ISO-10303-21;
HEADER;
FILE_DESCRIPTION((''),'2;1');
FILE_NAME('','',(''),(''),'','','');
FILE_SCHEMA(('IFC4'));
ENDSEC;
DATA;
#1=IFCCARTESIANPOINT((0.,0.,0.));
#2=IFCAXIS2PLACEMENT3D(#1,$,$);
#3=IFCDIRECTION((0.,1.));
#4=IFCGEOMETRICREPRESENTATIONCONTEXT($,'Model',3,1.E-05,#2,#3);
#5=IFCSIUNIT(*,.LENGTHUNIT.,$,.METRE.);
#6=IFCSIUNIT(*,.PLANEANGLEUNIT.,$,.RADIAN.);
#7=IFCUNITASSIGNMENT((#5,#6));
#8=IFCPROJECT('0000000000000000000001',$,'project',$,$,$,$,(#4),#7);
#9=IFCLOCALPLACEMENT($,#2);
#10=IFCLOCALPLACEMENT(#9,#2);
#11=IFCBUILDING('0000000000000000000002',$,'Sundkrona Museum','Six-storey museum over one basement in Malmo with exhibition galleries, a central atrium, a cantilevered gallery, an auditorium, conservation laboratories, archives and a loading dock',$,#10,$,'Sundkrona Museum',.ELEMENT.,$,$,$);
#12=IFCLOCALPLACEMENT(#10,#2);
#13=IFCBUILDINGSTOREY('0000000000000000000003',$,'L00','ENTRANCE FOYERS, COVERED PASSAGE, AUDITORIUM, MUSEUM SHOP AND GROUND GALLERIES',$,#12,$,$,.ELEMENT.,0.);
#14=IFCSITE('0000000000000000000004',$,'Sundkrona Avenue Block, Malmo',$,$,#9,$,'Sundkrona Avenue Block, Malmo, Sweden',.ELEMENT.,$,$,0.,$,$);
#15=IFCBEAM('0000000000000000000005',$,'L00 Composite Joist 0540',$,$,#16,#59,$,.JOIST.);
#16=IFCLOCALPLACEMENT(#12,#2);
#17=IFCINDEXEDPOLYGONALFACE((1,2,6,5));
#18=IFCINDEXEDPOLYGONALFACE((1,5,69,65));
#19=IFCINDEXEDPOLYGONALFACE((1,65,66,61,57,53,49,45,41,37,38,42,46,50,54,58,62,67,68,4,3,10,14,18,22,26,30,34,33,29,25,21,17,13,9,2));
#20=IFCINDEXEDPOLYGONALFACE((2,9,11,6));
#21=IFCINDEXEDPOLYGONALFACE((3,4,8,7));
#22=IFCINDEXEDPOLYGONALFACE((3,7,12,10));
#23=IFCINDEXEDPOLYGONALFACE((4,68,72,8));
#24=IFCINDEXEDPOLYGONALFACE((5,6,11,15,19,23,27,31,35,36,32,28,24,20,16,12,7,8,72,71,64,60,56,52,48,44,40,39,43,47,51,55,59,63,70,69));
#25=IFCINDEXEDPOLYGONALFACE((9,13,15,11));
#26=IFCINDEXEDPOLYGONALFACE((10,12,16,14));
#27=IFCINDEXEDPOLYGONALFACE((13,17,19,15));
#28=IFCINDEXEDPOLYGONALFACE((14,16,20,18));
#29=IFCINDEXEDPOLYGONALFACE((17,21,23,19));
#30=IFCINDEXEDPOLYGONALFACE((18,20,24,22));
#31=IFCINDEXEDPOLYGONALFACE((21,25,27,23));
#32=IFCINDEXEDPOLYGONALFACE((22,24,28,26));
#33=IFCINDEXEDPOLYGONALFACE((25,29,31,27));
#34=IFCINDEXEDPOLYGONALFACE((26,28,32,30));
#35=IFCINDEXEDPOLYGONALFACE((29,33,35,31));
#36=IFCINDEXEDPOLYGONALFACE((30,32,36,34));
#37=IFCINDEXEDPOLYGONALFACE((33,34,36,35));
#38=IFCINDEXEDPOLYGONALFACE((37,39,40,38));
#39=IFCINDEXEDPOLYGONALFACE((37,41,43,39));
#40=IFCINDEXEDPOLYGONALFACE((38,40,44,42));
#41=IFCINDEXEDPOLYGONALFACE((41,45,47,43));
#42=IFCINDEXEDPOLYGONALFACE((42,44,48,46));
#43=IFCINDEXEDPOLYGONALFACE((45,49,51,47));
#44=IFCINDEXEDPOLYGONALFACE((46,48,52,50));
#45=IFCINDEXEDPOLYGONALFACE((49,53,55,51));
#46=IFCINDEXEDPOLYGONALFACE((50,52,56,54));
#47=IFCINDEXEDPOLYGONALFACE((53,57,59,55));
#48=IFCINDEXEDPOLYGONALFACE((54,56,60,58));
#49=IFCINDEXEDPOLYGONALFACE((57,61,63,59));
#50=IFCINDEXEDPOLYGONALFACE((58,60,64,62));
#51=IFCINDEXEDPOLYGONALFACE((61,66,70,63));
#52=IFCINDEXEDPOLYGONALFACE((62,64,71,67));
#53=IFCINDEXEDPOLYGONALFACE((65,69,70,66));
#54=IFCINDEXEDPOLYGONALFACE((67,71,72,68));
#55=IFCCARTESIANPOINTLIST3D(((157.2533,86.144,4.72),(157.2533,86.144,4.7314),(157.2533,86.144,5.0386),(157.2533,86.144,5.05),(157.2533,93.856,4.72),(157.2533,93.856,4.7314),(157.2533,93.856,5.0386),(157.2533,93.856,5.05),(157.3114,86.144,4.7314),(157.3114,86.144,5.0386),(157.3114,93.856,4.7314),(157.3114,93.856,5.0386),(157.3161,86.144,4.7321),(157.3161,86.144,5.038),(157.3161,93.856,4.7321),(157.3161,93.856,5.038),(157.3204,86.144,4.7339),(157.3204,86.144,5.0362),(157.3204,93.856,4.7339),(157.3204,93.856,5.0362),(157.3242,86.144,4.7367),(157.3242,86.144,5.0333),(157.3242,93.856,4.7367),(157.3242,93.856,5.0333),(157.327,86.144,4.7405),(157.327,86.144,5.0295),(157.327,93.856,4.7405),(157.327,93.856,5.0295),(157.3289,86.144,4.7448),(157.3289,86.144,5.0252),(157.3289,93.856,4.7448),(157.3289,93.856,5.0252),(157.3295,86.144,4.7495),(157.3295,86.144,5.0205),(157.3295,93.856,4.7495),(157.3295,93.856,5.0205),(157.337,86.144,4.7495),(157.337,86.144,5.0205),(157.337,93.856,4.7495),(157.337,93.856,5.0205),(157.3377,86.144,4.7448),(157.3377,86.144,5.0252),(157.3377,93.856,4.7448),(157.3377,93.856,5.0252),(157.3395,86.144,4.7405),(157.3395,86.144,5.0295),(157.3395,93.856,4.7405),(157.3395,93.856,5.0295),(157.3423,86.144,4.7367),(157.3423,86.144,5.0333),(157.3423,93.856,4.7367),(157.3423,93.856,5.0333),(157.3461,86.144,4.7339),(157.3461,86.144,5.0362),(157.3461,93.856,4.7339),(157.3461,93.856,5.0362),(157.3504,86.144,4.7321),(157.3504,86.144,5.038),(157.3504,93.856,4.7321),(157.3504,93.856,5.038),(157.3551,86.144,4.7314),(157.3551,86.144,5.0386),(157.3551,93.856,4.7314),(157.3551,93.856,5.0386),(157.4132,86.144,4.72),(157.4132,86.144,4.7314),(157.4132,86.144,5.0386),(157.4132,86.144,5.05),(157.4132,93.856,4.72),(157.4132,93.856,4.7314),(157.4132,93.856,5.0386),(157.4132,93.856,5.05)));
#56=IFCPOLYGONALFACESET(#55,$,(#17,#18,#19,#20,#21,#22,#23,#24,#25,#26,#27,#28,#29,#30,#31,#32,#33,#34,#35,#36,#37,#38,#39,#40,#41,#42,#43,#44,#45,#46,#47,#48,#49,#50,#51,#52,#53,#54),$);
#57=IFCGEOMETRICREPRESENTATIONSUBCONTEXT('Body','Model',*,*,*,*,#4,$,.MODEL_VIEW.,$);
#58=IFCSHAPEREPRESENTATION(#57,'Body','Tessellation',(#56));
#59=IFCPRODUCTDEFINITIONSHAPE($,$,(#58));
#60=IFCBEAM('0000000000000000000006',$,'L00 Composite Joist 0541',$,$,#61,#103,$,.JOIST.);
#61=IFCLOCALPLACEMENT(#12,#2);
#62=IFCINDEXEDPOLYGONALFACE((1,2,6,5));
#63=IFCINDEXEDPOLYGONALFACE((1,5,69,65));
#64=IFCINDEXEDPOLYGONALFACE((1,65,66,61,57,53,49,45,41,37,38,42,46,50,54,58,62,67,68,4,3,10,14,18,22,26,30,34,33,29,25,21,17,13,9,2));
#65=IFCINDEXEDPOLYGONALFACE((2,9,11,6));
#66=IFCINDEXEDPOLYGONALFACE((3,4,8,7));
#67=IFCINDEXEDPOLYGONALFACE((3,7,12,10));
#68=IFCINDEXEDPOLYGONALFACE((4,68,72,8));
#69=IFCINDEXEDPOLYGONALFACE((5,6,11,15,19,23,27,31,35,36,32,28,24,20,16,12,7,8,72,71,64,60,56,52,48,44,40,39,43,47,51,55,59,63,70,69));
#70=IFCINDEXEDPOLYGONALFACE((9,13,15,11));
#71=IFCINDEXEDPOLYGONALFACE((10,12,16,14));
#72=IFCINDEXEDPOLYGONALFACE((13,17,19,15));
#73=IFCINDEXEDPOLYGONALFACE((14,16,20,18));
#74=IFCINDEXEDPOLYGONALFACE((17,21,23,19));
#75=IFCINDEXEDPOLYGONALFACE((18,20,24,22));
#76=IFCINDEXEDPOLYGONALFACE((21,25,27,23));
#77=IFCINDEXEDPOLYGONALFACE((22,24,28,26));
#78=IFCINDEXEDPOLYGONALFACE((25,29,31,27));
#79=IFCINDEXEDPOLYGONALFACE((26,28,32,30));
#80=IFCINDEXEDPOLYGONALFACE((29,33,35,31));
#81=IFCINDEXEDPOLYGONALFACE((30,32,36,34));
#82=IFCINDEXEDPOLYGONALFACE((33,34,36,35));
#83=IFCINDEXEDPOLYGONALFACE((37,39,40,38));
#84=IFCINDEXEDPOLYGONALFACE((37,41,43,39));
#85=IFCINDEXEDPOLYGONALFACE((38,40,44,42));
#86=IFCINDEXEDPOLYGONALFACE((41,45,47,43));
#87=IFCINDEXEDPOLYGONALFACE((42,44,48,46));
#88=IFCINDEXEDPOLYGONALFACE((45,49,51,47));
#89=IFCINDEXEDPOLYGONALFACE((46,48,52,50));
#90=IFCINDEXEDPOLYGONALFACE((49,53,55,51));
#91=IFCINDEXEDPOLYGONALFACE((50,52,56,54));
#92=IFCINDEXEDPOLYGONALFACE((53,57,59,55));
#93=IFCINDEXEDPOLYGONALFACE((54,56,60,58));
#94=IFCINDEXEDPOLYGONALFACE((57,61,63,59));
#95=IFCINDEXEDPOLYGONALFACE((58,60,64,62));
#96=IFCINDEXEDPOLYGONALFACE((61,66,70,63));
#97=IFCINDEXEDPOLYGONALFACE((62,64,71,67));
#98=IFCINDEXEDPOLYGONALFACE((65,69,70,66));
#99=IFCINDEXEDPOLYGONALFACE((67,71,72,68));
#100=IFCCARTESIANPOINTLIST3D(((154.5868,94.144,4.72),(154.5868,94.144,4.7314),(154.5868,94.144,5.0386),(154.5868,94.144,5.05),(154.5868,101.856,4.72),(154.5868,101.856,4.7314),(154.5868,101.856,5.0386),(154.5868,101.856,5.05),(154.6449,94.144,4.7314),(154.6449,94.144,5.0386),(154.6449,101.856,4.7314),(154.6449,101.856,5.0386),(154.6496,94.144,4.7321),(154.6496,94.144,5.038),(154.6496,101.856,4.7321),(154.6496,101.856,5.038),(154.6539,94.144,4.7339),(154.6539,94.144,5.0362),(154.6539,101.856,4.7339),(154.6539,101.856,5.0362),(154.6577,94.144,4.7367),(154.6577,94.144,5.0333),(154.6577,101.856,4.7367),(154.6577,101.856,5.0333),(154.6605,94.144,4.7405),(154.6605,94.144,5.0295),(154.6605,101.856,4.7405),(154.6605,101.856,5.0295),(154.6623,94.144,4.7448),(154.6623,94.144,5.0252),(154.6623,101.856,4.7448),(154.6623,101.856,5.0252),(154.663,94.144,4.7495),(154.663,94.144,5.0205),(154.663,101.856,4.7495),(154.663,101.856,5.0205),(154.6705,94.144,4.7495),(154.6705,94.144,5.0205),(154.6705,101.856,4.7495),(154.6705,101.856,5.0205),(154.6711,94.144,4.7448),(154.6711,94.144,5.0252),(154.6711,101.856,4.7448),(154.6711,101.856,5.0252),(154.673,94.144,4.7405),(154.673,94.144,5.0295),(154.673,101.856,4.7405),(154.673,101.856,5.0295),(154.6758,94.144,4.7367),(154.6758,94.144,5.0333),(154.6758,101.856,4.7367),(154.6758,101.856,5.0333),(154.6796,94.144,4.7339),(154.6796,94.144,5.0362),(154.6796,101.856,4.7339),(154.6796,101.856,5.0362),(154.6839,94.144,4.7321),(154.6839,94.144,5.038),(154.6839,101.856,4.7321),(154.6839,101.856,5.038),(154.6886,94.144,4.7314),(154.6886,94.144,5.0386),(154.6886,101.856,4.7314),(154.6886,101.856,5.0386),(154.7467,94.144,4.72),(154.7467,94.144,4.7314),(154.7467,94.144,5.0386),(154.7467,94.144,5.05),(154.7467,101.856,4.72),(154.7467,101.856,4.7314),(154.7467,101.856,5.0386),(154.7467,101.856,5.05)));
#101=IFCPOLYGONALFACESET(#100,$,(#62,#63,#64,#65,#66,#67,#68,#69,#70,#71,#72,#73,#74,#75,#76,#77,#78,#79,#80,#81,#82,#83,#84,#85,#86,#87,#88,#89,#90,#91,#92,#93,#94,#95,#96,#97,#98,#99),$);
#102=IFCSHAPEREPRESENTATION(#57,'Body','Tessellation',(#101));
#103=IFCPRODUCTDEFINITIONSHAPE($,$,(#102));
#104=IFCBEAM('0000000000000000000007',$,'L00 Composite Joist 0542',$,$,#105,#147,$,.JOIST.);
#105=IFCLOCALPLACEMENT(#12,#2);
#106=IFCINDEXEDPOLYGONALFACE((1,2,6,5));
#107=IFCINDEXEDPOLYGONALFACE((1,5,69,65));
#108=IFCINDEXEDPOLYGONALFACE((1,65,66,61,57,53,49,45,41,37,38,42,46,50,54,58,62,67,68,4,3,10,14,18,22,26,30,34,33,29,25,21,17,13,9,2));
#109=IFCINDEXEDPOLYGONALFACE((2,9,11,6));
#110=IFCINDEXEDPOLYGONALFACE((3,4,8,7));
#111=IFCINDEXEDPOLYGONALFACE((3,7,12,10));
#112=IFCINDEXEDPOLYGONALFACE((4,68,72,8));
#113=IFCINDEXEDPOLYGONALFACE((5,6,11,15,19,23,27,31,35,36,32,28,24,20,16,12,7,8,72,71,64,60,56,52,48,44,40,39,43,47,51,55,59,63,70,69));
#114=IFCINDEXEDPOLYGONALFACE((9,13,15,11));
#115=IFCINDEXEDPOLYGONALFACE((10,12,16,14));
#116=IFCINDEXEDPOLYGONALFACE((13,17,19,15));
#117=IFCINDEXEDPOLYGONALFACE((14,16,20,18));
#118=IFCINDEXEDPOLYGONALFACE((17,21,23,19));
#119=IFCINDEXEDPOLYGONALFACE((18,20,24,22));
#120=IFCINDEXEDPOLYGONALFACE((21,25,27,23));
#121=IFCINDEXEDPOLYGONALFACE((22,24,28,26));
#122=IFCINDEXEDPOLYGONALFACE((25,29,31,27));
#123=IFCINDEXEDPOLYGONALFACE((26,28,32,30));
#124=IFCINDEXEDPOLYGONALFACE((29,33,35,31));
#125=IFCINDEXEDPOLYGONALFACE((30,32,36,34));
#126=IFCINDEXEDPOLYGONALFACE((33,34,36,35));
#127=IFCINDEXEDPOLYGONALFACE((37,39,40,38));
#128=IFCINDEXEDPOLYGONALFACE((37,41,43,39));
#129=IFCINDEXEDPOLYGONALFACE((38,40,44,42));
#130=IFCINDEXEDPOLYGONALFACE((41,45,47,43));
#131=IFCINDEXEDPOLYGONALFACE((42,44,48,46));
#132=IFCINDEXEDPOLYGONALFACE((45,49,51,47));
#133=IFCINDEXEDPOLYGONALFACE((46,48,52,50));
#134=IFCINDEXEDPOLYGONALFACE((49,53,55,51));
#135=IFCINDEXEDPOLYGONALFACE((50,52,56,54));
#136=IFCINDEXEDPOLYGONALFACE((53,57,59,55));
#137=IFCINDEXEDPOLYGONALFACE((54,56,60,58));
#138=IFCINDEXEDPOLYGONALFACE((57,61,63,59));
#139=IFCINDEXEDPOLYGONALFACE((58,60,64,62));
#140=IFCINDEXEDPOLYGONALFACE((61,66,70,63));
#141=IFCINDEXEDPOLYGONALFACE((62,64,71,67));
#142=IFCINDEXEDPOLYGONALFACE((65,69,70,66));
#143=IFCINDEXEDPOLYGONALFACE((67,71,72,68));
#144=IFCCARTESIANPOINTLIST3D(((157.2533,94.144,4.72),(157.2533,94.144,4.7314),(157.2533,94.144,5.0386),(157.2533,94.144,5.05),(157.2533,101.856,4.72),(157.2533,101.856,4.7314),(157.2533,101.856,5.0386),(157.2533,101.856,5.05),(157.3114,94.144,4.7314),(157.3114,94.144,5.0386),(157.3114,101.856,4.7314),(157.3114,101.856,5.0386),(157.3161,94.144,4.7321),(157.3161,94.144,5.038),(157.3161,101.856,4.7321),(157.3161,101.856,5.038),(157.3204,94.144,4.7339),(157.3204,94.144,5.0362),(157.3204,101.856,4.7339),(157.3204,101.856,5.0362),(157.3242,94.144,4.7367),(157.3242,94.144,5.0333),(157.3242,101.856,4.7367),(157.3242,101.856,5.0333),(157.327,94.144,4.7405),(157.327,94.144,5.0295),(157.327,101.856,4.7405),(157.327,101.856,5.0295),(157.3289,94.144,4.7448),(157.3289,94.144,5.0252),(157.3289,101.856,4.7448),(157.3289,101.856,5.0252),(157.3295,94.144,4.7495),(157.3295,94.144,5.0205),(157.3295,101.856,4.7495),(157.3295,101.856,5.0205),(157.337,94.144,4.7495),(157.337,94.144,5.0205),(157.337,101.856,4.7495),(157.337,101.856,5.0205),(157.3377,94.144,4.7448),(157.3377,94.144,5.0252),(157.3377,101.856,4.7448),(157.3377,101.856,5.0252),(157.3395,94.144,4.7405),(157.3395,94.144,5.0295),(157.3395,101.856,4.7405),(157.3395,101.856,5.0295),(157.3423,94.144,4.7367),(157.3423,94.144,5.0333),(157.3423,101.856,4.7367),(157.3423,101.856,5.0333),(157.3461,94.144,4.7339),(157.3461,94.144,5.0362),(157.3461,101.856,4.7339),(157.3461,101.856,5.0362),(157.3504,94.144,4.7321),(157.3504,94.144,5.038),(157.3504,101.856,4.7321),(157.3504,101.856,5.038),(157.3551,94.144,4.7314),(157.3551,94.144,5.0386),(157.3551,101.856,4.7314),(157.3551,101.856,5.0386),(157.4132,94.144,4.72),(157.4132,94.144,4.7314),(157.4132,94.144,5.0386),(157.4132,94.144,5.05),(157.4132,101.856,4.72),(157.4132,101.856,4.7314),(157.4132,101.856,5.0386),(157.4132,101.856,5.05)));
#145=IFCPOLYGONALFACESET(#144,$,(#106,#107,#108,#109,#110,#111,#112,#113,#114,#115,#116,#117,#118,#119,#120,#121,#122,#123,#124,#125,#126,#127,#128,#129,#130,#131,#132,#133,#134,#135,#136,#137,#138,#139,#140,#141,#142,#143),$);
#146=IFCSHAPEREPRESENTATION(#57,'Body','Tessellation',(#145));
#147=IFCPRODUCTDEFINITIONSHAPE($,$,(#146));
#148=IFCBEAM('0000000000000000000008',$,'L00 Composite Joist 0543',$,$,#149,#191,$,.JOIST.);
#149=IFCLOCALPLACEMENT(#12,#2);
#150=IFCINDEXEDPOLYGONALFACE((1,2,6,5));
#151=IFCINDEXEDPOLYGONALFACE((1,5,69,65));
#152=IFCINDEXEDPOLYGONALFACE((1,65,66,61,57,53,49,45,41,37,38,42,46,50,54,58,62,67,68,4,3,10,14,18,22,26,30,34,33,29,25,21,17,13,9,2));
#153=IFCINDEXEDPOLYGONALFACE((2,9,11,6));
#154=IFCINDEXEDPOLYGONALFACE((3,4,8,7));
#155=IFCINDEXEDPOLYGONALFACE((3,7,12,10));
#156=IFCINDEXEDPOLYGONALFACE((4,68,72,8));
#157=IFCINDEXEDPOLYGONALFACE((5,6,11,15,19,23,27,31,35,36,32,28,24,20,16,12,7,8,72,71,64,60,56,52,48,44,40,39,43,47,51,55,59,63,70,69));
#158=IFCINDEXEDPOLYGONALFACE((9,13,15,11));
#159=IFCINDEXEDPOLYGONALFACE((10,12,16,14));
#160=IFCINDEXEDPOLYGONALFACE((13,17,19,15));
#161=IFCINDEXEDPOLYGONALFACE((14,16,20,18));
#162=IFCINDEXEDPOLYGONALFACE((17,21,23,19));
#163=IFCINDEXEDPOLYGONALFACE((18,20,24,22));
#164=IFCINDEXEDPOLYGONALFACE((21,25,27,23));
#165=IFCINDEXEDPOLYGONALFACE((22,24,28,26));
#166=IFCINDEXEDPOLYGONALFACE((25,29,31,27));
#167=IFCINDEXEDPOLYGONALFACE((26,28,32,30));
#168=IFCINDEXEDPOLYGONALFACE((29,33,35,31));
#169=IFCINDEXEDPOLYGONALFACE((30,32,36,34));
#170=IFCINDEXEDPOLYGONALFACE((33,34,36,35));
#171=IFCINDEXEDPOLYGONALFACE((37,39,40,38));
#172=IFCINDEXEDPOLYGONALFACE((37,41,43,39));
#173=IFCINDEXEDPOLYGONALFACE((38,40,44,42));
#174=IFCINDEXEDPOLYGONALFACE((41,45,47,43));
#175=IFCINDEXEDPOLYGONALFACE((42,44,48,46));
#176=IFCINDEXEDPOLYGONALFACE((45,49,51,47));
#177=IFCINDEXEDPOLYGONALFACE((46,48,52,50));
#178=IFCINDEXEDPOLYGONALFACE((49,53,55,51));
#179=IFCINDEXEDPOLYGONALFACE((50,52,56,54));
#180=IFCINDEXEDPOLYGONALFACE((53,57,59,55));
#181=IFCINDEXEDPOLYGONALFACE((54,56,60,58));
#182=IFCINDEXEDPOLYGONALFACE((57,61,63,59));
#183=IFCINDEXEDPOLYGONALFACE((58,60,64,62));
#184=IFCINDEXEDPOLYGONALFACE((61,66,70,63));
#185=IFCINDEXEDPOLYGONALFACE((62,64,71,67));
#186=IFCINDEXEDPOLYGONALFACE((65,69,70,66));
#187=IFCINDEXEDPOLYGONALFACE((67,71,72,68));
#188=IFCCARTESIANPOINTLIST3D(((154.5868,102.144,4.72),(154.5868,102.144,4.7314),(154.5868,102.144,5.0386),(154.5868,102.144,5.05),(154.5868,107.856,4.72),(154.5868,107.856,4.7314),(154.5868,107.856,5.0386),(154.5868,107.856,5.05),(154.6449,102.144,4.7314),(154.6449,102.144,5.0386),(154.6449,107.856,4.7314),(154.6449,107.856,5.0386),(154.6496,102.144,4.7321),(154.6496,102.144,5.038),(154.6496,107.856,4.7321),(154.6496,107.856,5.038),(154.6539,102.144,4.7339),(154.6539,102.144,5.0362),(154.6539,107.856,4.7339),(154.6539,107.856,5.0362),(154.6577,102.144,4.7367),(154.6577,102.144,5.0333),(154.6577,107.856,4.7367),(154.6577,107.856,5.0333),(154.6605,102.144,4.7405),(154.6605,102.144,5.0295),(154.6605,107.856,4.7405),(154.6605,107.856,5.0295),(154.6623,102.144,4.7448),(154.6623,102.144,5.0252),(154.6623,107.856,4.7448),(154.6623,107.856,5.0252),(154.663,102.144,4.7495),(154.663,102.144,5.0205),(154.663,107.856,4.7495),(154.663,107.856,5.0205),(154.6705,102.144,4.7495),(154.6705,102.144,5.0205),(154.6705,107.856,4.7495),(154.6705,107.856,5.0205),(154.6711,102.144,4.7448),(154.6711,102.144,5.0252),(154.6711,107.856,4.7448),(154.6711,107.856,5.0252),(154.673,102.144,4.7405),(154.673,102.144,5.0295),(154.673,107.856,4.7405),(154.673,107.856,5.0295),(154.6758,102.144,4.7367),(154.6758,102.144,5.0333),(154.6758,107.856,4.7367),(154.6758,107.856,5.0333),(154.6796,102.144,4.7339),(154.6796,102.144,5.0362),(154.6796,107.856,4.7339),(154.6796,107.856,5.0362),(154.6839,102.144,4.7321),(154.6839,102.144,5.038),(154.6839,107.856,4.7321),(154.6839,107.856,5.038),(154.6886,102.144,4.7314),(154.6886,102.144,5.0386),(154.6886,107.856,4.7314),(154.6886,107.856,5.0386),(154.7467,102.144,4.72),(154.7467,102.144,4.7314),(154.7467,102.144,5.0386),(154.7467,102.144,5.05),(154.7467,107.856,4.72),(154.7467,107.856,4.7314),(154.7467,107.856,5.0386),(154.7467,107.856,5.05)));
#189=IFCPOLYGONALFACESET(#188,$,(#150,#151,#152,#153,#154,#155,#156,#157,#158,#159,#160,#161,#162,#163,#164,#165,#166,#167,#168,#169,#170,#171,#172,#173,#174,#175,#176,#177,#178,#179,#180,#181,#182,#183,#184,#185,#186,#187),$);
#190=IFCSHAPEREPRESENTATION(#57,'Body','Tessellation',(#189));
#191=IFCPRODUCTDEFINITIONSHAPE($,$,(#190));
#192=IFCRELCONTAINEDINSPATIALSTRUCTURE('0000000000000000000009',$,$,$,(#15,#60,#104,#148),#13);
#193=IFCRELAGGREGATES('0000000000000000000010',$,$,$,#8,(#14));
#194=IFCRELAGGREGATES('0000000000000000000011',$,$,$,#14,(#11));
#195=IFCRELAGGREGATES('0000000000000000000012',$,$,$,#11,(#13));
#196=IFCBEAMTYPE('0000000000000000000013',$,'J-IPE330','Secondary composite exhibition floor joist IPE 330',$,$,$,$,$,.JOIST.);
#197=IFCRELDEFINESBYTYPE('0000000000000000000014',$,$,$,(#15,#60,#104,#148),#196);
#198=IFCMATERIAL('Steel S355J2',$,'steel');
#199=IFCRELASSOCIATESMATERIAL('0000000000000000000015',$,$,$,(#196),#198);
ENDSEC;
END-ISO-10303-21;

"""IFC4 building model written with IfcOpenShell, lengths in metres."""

from ifc_helpers import new_model, si_unit, direction, frame, origin, origin_2d, place, context, subcontext, project, spatial, i_section, extrude, material, material_profile, profile_set, type_object, element, save


model = new_model("IFC4")

# Units and contexts
model_context = context("Model", 3, precision=1e-05, world=origin(), true_north=direction((0.0, 1.0)))
body_context = subcontext(model_context, "Body", "Model", "MODEL_VIEW")
ifc_project = project(units=[si_unit("LENGTHUNIT", "METRE"), si_unit("PLANEANGLEUNIT", "RADIAN")], contexts=[model_context])

# Site, building, storey
site_placement = place(None, origin())
site = spatial("IfcSite", under=ifc_project, at=site_placement, Name="Sundkrona Avenue Block, Malmo", LongName="Sundkrona Avenue Block, Malmo, Sweden", CompositionType="ELEMENT", RefElevation=0.0)
building_placement = place(site_placement, origin())
building = spatial("IfcBuilding", under=site, at=building_placement, Name="Sundkrona Museum", Description="Six-storey museum over one basement in Malmo with exhibition galleries, a central atrium, a cantilevered gallery, an auditorium, conservation laboratories, archives and a loading dock", LongName="Sundkrona Museum", CompositionType="ELEMENT")
storey_placement = place(building_placement, origin())
storey = spatial("IfcBuildingStorey", under=building, at=storey_placement, Name="L00", Description="ENTRANCE FOYERS, COVERED PASSAGE, AUDITORIUM, MUSEUM SHOP AND GROUND GALLERIES", CompositionType="ELEMENT", Elevation=0.0)

# Shared definitions
ifc_material_1 = material(Name="Steel S355J2", Category="steel")

# Beams
ifc_material_profile_1 = material_profile(ifc_material_1, i_section(OverallWidth=0.1599, OverallDepth=0.3301, WebThickness=0.0076, FlangeThickness=0.0115, FilletRadius=0.0181, at=origin_2d()), Name="IPE 330")
ifc_profile_set_1 = profile_set([ifc_material_profile_1], Name="Steel S355J2")
beam_type_1 = type_object("IfcBeamType", Name="J-IPE330", Description="Secondary composite exhibition floor joist IPE 330", PredefinedType="JOIST", material=ifc_profile_set_1)
for number, where, z_axis, x_axis, name in (
    (1, (157.3333, 86.144, 4.885), (0.0, 1.0, 0.0), (-1.0, 0.0, 0.0), "L00 Composite Joist 0540"),
    (2, (154.6667, 94.144, 4.885), (0.0, 1.0, 0.0), (-1.0, 0.0, 0.0), "L00 Composite Joist 0541"),
    (3, (157.3333, 94.144, 4.885), (0.0, 1.0, 0.0), (-1.0, 0.0, 0.0), "L00 Composite Joist 0542"),
):
    element("IfcBeam", number, at=place(storey_placement, frame(where, z_axis=z_axis, x_axis=x_axis)), inside=storey, type_object=beam_type_1, Name=name, PredefinedType="JOIST", context=body_context, shape_type="SweptSolid", body=[
        extrude(i_section(OverallWidth=0.1599, OverallDepth=0.3301, WebThickness=0.0076, FlangeThickness=0.0115, FilletRadius=0.0181, at=origin_2d()), origin(), (0.0, 0.0, 1.0), 7.7119),
    ])
beam_1_placement = place(storey_placement, frame((154.6667, 102.144, 4.885), z_axis=(0.0, 1.0, 0.0), x_axis=(-1.0, 0.0, 0.0)))
element("IfcBeam", 4, at=beam_1_placement, inside=storey, type_object=beam_type_1, Name="L00 Composite Joist 0543", PredefinedType="JOIST", context=body_context, shape_type="SweptSolid", body=[
    extrude(i_section(OverallWidth=0.1599, OverallDepth=0.3301, WebThickness=0.0076, FlangeThickness=0.0115, FilletRadius=0.0181, at=origin_2d()), origin(), (0.0, 0.0, 1.0), 5.7119),
])

save(model, "model.ifc")
